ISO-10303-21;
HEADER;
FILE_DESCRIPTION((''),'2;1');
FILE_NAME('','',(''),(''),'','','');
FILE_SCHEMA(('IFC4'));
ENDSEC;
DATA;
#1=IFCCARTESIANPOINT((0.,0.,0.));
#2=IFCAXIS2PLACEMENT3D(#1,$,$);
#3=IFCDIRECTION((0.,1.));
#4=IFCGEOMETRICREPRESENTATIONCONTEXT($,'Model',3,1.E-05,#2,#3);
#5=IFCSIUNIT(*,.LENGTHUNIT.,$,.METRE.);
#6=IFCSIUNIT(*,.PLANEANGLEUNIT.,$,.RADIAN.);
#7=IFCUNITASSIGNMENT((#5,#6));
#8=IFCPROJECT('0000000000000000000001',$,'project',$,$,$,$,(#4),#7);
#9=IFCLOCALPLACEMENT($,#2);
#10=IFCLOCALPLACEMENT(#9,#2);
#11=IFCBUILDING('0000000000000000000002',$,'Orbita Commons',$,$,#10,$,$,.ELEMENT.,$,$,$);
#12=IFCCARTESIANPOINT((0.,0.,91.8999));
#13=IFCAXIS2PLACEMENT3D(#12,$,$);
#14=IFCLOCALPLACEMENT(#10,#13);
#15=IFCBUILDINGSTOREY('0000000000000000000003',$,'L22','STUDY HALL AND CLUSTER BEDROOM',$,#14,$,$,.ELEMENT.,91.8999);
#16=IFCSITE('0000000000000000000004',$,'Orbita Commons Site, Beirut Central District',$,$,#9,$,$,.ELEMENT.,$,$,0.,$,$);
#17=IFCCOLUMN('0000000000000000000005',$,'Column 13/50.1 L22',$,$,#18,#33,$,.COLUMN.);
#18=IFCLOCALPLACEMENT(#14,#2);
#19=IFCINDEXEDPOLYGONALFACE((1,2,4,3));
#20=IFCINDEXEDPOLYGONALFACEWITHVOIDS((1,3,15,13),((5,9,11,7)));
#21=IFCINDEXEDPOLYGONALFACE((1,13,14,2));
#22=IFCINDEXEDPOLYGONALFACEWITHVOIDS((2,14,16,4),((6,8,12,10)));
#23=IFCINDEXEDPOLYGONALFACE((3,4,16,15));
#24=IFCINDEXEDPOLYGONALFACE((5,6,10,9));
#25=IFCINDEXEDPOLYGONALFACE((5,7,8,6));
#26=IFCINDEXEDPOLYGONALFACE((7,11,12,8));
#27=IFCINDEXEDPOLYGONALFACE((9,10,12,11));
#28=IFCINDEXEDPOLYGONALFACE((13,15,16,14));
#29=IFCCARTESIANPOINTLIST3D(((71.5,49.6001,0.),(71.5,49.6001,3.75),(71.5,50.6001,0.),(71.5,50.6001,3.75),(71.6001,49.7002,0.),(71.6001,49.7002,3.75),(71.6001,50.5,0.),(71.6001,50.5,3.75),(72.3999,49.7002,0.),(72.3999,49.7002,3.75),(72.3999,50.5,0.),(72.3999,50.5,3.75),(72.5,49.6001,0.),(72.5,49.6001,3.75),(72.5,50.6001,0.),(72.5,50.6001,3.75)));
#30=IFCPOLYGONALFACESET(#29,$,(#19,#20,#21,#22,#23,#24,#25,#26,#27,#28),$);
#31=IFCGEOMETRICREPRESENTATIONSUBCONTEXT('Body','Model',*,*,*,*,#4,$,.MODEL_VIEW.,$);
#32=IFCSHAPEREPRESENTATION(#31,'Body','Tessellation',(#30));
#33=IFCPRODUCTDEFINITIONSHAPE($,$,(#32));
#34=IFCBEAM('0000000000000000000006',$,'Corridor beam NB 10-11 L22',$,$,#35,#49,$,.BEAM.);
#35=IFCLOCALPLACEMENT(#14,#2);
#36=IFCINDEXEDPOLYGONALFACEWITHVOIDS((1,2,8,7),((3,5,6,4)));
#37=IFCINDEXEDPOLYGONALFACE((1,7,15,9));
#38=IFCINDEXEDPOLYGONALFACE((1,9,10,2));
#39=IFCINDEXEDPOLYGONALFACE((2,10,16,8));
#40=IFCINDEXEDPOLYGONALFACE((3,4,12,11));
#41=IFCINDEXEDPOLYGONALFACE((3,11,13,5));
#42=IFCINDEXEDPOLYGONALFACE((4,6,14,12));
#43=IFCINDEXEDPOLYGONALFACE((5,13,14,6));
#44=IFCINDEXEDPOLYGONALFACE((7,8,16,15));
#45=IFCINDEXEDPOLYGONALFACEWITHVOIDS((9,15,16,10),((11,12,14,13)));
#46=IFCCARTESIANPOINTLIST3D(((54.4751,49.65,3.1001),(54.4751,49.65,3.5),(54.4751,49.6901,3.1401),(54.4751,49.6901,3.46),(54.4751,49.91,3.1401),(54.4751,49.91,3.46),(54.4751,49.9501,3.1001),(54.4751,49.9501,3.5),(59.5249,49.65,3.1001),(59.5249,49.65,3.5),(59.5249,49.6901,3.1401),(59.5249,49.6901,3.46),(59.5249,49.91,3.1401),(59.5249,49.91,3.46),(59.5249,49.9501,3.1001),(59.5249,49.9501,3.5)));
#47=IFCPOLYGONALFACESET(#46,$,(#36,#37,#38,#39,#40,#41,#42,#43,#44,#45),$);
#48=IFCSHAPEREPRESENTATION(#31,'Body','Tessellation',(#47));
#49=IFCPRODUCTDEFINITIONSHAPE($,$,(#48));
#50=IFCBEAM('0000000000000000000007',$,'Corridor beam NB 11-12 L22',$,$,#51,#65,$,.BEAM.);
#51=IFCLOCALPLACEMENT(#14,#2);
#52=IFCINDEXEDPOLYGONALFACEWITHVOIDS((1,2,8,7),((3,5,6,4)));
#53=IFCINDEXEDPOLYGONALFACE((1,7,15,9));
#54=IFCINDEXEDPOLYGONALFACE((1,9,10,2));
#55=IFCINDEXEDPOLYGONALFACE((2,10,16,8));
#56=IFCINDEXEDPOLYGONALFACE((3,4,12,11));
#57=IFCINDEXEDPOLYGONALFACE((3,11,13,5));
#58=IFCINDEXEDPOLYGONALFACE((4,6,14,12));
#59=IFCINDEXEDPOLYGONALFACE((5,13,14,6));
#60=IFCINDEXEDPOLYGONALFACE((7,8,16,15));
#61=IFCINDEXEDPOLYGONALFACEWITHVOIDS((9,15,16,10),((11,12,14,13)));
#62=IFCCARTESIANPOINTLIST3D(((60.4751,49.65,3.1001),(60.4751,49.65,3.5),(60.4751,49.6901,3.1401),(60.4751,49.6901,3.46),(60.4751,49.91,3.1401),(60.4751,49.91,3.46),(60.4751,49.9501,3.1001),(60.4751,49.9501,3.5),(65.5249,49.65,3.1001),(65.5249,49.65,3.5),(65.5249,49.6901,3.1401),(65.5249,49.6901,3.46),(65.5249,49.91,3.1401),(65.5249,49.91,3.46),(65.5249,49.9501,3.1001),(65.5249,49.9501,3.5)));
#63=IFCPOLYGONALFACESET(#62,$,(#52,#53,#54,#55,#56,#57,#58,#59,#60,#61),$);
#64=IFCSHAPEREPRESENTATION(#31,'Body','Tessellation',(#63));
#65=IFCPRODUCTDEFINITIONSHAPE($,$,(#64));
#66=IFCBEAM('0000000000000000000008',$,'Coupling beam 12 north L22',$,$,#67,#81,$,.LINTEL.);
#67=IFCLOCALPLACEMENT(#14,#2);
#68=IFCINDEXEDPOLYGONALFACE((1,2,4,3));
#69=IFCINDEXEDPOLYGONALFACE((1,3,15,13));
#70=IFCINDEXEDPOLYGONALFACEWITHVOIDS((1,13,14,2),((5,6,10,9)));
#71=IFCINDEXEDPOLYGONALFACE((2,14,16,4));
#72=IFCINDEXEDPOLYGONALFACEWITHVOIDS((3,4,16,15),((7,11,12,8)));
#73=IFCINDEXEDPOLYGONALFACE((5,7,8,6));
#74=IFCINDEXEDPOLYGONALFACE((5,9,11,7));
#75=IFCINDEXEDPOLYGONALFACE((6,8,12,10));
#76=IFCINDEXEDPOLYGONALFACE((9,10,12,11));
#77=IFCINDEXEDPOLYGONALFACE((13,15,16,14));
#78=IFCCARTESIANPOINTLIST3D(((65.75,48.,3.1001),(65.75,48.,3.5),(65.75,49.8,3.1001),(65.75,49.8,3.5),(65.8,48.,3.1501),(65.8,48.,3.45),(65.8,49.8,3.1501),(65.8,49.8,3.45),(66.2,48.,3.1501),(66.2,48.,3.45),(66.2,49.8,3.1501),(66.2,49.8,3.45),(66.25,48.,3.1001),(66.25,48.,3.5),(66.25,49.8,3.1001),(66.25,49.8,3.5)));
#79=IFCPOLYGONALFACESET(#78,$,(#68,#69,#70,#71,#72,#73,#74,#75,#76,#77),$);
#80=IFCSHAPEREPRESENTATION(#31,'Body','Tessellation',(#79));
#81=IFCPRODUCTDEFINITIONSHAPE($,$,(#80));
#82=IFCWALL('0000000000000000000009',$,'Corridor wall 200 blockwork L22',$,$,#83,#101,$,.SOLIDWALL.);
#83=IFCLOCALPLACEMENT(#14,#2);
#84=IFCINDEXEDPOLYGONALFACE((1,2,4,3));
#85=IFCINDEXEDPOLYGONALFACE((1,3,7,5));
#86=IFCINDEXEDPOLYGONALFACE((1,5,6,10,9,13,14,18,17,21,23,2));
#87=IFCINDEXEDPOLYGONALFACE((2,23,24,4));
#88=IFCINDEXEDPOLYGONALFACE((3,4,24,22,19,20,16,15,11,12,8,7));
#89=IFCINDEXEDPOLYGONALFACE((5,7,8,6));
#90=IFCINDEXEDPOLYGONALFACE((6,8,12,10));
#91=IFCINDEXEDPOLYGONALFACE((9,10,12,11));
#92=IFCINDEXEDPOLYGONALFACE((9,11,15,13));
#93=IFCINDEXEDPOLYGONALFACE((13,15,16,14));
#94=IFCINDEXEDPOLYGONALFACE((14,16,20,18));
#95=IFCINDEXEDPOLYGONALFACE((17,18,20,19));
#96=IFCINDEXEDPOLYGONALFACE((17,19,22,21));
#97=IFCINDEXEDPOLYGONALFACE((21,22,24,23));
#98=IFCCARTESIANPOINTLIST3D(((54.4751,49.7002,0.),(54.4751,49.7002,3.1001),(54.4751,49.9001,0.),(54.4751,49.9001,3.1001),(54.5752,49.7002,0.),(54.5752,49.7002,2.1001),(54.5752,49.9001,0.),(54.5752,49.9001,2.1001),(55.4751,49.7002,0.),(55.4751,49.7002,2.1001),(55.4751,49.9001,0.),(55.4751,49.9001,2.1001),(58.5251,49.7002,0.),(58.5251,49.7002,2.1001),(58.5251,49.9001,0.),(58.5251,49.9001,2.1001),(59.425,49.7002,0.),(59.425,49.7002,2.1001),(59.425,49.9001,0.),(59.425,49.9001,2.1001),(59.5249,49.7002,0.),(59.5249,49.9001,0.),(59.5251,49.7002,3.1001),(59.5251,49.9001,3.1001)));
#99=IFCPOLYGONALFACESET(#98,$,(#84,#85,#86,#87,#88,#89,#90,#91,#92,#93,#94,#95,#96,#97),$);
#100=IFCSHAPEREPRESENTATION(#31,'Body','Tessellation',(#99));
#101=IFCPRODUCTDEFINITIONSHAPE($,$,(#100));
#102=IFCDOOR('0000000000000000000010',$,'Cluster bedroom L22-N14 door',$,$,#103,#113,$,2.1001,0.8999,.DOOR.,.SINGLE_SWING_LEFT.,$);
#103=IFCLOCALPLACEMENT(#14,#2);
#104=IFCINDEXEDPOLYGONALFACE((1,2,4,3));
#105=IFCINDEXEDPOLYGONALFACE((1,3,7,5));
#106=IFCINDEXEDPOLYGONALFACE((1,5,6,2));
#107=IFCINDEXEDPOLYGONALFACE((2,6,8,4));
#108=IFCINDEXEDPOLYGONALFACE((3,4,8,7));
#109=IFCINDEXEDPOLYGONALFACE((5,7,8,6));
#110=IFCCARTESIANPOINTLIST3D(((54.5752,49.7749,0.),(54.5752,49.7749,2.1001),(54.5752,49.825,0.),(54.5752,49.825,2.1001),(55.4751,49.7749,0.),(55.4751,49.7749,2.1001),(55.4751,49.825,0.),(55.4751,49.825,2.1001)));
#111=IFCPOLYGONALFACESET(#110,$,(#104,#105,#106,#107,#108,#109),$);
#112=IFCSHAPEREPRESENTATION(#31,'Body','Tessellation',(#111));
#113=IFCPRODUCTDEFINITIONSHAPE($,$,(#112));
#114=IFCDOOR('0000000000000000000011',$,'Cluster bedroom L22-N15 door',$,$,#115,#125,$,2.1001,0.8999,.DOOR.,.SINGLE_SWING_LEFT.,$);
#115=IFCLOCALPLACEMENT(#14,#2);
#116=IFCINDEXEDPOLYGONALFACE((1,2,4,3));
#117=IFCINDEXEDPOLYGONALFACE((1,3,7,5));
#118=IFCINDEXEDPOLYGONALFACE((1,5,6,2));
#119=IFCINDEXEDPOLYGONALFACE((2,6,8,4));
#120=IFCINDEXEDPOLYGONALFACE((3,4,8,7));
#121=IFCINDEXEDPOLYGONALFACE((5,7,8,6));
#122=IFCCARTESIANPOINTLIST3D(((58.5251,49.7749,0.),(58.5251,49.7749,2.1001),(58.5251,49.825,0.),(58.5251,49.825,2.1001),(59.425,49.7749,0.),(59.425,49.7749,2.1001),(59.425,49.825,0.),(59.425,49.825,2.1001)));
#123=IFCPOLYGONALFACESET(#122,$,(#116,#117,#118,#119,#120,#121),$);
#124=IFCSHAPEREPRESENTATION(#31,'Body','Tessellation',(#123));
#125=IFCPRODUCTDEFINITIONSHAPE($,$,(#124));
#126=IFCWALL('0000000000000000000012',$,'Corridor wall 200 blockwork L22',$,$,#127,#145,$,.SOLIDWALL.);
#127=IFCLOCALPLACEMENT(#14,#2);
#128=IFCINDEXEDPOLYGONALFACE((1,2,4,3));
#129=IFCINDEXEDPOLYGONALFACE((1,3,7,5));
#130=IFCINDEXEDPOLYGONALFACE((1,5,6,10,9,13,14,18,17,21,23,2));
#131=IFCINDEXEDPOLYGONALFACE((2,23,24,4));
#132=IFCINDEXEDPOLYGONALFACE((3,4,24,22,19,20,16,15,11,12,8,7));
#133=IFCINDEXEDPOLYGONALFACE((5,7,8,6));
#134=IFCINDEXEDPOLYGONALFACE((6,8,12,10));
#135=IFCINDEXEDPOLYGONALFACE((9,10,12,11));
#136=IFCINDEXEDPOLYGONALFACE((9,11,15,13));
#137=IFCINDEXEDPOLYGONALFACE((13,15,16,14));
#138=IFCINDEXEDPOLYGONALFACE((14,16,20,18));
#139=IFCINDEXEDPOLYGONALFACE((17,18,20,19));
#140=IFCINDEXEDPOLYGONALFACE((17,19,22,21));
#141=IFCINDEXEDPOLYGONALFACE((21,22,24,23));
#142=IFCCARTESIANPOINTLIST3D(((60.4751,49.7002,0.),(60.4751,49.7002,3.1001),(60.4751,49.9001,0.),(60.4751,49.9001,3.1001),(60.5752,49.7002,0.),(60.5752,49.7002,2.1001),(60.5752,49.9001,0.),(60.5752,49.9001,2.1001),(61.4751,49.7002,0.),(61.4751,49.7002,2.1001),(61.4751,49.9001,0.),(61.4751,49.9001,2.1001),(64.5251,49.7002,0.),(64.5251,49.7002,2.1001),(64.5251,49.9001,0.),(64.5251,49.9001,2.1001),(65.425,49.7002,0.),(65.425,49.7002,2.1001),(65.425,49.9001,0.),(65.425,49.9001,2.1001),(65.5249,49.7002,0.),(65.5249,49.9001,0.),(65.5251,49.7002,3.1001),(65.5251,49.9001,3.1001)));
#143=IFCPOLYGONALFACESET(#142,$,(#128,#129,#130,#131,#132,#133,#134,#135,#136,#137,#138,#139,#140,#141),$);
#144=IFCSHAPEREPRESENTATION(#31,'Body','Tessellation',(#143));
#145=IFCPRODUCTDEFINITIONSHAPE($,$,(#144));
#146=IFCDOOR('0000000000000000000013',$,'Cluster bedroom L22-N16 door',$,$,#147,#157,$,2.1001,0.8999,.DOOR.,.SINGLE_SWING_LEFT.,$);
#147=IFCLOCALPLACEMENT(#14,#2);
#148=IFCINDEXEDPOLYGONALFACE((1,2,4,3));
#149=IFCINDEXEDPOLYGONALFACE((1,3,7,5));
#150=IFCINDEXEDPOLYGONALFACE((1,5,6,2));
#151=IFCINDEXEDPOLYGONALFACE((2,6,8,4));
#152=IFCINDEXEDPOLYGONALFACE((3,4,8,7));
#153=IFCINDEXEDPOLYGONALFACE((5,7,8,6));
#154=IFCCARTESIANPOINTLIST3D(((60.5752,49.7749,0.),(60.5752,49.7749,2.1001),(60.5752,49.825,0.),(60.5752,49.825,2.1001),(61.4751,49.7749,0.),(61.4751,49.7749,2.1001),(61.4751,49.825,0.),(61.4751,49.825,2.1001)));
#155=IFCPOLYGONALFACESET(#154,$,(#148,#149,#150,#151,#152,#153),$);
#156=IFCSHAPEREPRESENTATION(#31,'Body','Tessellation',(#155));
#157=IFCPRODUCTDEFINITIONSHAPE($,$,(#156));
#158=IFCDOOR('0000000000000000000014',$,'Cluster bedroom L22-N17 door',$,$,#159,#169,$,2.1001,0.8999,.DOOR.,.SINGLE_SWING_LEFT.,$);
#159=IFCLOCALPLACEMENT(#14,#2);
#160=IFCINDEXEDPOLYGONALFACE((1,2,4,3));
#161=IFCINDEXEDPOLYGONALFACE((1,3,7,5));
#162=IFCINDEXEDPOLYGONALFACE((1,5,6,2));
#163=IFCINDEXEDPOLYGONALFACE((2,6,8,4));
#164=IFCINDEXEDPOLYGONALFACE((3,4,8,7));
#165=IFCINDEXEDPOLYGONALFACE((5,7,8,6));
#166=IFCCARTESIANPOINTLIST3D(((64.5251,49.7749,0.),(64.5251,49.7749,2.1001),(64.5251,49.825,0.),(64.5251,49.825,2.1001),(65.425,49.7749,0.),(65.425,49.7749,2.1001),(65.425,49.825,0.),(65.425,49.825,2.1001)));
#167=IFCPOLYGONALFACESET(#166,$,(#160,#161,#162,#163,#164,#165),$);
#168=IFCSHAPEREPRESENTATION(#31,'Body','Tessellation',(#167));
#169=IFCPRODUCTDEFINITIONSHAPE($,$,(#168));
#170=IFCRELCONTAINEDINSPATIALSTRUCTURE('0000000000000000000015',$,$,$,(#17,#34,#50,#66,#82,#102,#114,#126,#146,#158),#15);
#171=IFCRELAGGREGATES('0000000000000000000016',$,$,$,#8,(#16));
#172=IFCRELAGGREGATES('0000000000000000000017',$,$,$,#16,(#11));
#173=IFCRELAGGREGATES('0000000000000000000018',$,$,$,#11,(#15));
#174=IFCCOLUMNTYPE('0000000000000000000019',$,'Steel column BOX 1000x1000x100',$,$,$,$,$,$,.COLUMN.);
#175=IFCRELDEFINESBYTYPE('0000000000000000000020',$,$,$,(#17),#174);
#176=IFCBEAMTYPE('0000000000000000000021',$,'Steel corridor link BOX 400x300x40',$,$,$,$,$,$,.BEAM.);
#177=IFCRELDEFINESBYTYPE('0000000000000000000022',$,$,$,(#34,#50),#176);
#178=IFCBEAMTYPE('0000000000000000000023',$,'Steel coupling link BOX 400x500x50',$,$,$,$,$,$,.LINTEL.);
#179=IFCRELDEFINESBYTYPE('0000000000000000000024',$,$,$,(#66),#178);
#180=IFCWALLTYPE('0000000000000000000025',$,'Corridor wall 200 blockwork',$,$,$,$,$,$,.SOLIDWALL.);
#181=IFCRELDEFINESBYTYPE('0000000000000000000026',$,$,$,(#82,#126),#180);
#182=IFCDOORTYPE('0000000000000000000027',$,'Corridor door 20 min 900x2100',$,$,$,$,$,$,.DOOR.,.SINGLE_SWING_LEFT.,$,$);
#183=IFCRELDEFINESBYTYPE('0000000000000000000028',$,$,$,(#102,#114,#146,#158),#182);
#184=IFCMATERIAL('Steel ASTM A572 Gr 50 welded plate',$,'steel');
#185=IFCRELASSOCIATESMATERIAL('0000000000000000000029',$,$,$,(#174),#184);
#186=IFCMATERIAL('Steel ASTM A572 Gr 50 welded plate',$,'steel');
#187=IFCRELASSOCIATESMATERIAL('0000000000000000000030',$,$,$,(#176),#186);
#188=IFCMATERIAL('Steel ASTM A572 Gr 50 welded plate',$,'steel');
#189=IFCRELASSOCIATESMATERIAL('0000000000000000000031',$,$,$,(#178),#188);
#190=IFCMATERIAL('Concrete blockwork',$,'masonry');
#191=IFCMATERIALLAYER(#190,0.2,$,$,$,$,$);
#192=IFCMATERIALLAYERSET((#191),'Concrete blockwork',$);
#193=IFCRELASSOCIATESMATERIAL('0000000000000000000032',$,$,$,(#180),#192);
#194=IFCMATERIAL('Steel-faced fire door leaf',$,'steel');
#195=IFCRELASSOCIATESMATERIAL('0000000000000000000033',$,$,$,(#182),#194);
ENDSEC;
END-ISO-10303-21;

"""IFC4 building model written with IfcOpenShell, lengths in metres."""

from ifc_helpers import new_model, si_unit, direction, frame, frame_2d, origin, origin_2d, place, context, subcontext, project, spatial, polyline, rectangle, hollow_rectangle, outline, extrude, material, layer, layer_set, material_profile, profile_set, type_object, element, fill, save


model = new_model("IFC4")

# Units and contexts
model_context = context("Model", 3, precision=1e-05, world=origin(), true_north=direction((0.0, 1.0)))
body_context = subcontext(model_context, "Body", "Model", "MODEL_VIEW")
ifc_project = project(units=[si_unit("LENGTHUNIT", "METRE"), si_unit("PLANEANGLEUNIT", "RADIAN")], contexts=[model_context])

# Site, building, storey
site_placement = place(None, origin())
site = spatial("IfcSite", under=ifc_project, at=site_placement, Name="Orbita Commons Site, Beirut Central District", CompositionType="ELEMENT", RefElevation=0.0)
building_placement = place(site_placement, origin())
building = spatial("IfcBuilding", under=site, at=building_placement, Name="Orbita Commons", CompositionType="ELEMENT")
storey_placement = place(building_placement, frame((0.0, 0.0, 91.8999)))
storey = spatial("IfcBuildingStorey", under=building, at=storey_placement, Name="L22", Description="STUDY HALL AND CLUSTER BEDROOM", CompositionType="ELEMENT", Elevation=91.8999)

# Column
ifc_material_1 = material(Name="Steel ASTM A572 Gr 50 welded plate", Category="steel")
ifc_material_profile_1 = material_profile(ifc_material_1, hollow_rectangle(XDim=1.0, YDim=1.0, WallThickness=0.1001, at=origin_2d()), Name="BOX 1000x1000x100")
ifc_profile_set_1 = profile_set([ifc_material_profile_1], Name="Steel ASTM A572 Gr 50 welded plate")
column_type = type_object("IfcColumnType", Name="Steel column BOX 1000x1000x100", PredefinedType="COLUMN", material=ifc_profile_set_1)
column_placement = place(storey_placement, frame((72.0, 50.1001, 0.0), z_axis=(0.0, 0.0, 1.0), x_axis=(1.0, 0.0, 0.0)))
element("IfcColumn", 1, at=column_placement, inside=storey, type_object=column_type, Name="Column 13/50.1 L22", PredefinedType="COLUMN", context=body_context, shape_type="SweptSolid", body=[
    extrude(hollow_rectangle(XDim=1.0, YDim=1.0, WallThickness=0.1001, at=origin_2d()), origin(), (0.0, 0.0, 1.0), 3.75),
])

# Beams
ifc_material_2 = material(Name="Steel ASTM A572 Gr 50 welded plate", Category="steel")
ifc_material_profile_2 = material_profile(ifc_material_2, hollow_rectangle(XDim=0.3, YDim=0.3999, WallThickness=0.04, at=origin_2d()), Name="BOX 400x300x40")
ifc_profile_set_2 = profile_set([ifc_material_profile_2], Name="Steel ASTM A572 Gr 50 welded plate")
beam_type_1 = type_object("IfcBeamType", Name="Steel corridor link BOX 400x300x40", PredefinedType="BEAM", material=ifc_profile_set_2)
for number, where, z_axis, x_axis, name in (
    (2, (54.4751, 49.8, 3.3), (1.0, 0.0, 0.0), (0.0, 1.0, 0.0), "Corridor beam NB 10-11 L22"),
    (3, (60.4751, 49.8, 3.3), (1.0, 0.0, 0.0), (0.0, 1.0, 0.0), "Corridor beam NB 11-12 L22"),
):
    element("IfcBeam", number, at=place(storey_placement, frame(where, z_axis=z_axis, x_axis=x_axis)), inside=storey, type_object=beam_type_1, Name=name, PredefinedType="BEAM", context=body_context, shape_type="SweptSolid", body=[
        extrude(hollow_rectangle(XDim=0.3, YDim=0.3999, WallThickness=0.04, at=origin_2d()), origin(), (0.0, 0.0, 1.0), 5.0498),
    ])
ifc_material_3 = material(Name="Steel ASTM A572 Gr 50 welded plate", Category="steel")
ifc_material_profile_3 = material_profile(ifc_material_3, hollow_rectangle(XDim=0.5, YDim=0.3999, WallThickness=0.05, at=origin_2d()), Name="BOX 400x500x50")
ifc_profile_set_3 = profile_set([ifc_material_profile_3], Name="Steel ASTM A572 Gr 50 welded plate")
beam_type_2 = type_object("IfcBeamType", Name="Steel coupling link BOX 400x500x50", PredefinedType="LINTEL", material=ifc_profile_set_3)
beam_placement = place(storey_placement, frame((66.0, 48.0, 3.3), z_axis=(0.0, 1.0, 0.0), x_axis=(-1.0, 0.0, 0.0)))
element("IfcBeam", 4, at=beam_placement, inside=storey, type_object=beam_type_2, Name="Coupling beam 12 north L22", PredefinedType="LINTEL", context=body_context, shape_type="SweptSolid", body=[
    extrude(hollow_rectangle(XDim=0.5, YDim=0.3999, WallThickness=0.05, at=origin_2d()), origin(), (0.0, 0.0, 1.0), 1.8),
])

# Walls, openings, doors
ifc_material_4 = material(Name="Concrete blockwork", Category="masonry")
ifc_layer_1 = layer(ifc_material_4, 0.2)
ifc_layer_set_1 = layer_set([ifc_layer_1], Name="Concrete blockwork")
wall_type_1 = type_object("IfcWallType", Name="Corridor wall 200 blockwork", PredefinedType="SOLIDWALL", material=ifc_layer_set_1)
wall_1_placement = place(storey_placement, frame((54.4751, 49.8, 0.0), z_axis=(0.0, 0.0, 1.0), x_axis=(1.0, 0.0, 0.0)))
wall_1 = element("IfcWall", 5, at=wall_1_placement, inside=storey, type_object=wall_type_1, Name="Corridor wall 200 blockwork L22", PredefinedType="SOLIDWALL", context=body_context, shape_type="SweptSolid", body=[
    extrude(outline(polyline([(0.0, 0.0), (5.0498, 0.0), (5.05, 3.1001), (0.0, 3.1001), (0.0, 0.0)])), frame((0.0, 0.1001, 0.0), z_axis=(0.0, -1.0, 0.0), x_axis=(1.0, 0.0, 0.0)), (0.0, 0.0, 1.0), 0.2),
])
opening_1_placement = place(wall_1_placement, frame((0.1001, 0.0, 0.0)))
opening_1 = element("IfcOpeningElement", 6, at=opening_1_placement, cuts=wall_1, PredefinedType="OPENING", context=body_context, shape_type="SweptSolid", body=[
    extrude(rectangle(XDim=0.8999, YDim=2.1001, at=frame_2d((0.45, 1.05))), frame((0.0, 0.1099, 0.0), z_axis=(0.0, -1.0, 0.0), x_axis=(1.0, 0.0, 0.0)), (0.0, 0.0, 1.0), 0.22),
])
opening_2_placement = place(wall_1_placement, frame((4.05, 0.0, 0.0)))
opening_2 = element("IfcOpeningElement", 7, at=opening_2_placement, cuts=wall_1, PredefinedType="OPENING", context=body_context, shape_type="SweptSolid", body=[
    extrude(rectangle(XDim=0.8999, YDim=2.1001, at=frame_2d((0.45, 1.05))), frame((0.0, 0.1099, 0.0), z_axis=(0.0, -1.0, 0.0), x_axis=(1.0, 0.0, 0.0)), (0.0, 0.0, 1.0), 0.22),
])
ifc_material_5 = material(Name="Steel-faced fire door leaf", Category="steel")
door_type_1 = type_object("IfcDoorType", Name="Corridor door 20 min 900x2100", OperationType="SINGLE_SWING_LEFT", PredefinedType="DOOR", material=ifc_material_5)
door_1_placement = place(opening_1_placement, origin())
door_1 = element("IfcDoor", 8, at=door_1_placement, inside=storey, type_object=door_type_1, Name="Cluster bedroom L22-N14 door", OperationType="SINGLE_SWING_LEFT", OverallHeight=2.1001, OverallWidth=0.8999, PredefinedType="DOOR", context=body_context, shape_type="SweptSolid", body=[
    extrude(rectangle(XDim=0.8999, YDim=2.1001, at=frame_2d((0.45, 1.05))), frame((0.0, 0.0249, 0.0), z_axis=(0.0, -1.0, 0.0), x_axis=(1.0, 0.0, 0.0)), (0.0, 0.0, 1.0), 0.05),
])
fill(opening_1, door_1)
door_2_placement = place(opening_2_placement, origin())
door_2 = element("IfcDoor", 9, at=door_2_placement, inside=storey, type_object=door_type_1, Name="Cluster bedroom L22-N15 door", OperationType="SINGLE_SWING_LEFT", OverallHeight=2.1001, OverallWidth=0.8999, PredefinedType="DOOR", context=body_context, shape_type="SweptSolid", body=[
    extrude(rectangle(XDim=0.8999, YDim=2.1001, at=frame_2d((0.45, 1.05))), frame((0.0, 0.0249, 0.0), z_axis=(0.0, -1.0, 0.0), x_axis=(1.0, 0.0, 0.0)), (0.0, 0.0, 1.0), 0.05),
])
fill(opening_2, door_2)
wall_2_placement = place(storey_placement, frame((60.4751, 49.8, 0.0), z_axis=(0.0, 0.0, 1.0), x_axis=(1.0, 0.0, 0.0)))
wall_2 = element("IfcWall", 10, at=wall_2_placement, inside=storey, type_object=wall_type_1, Name="Corridor wall 200 blockwork L22", PredefinedType="SOLIDWALL", context=body_context, shape_type="SweptSolid", body=[
    extrude(outline(polyline([(0.0, 0.0), (5.0498, 0.0), (5.05, 3.1001), (0.0, 3.1001), (0.0, 0.0)])), frame((0.0, 0.1001, 0.0), z_axis=(0.0, -1.0, 0.0), x_axis=(1.0, 0.0, 0.0)), (0.0, 0.0, 1.0), 0.2),
])
opening_3_placement = place(wall_2_placement, frame((0.1001, 0.0, 0.0)))
opening_3 = element("IfcOpeningElement", 11, at=opening_3_placement, cuts=wall_2, PredefinedType="OPENING", context=body_context, shape_type="SweptSolid", body=[
    extrude(rectangle(XDim=0.8999, YDim=2.1001, at=frame_2d((0.45, 1.05))), frame((0.0, 0.1099, 0.0), z_axis=(0.0, -1.0, 0.0), x_axis=(1.0, 0.0, 0.0)), (0.0, 0.0, 1.0), 0.22),
])
opening_4_placement = place(wall_2_placement, frame((4.05, 0.0, 0.0)))
opening_4 = element("IfcOpeningElement", 12, at=opening_4_placement, cuts=wall_2, PredefinedType="OPENING", context=body_context, shape_type="SweptSolid", body=[
    extrude(rectangle(XDim=0.8999, YDim=2.1001, at=frame_2d((0.45, 1.05))), frame((0.0, 0.1099, 0.0), z_axis=(0.0, -1.0, 0.0), x_axis=(1.0, 0.0, 0.0)), (0.0, 0.0, 1.0), 0.22),
])
door_3_placement = place(opening_3_placement, origin())
door_3 = element("IfcDoor", 13, at=door_3_placement, inside=storey, type_object=door_type_1, Name="Cluster bedroom L22-N16 door", OperationType="SINGLE_SWING_LEFT", OverallHeight=2.1001, OverallWidth=0.8999, PredefinedType="DOOR", context=body_context, shape_type="SweptSolid", body=[
    extrude(rectangle(XDim=0.8999, YDim=2.1001, at=frame_2d((0.45, 1.05))), frame((0.0, 0.0249, 0.0), z_axis=(0.0, -1.0, 0.0), x_axis=(1.0, 0.0, 0.0)), (0.0, 0.0, 1.0), 0.05),
])
fill(opening_3, door_3)
door_4_placement = place(opening_4_placement, origin())
door_4 = element("IfcDoor", 14, at=door_4_placement, inside=storey, type_object=door_type_1, Name="Cluster bedroom L22-N17 door", OperationType="SINGLE_SWING_LEFT", OverallHeight=2.1001, OverallWidth=0.8999, PredefinedType="DOOR", context=body_context, shape_type="SweptSolid", body=[
    extrude(rectangle(XDim=0.8999, YDim=2.1001, at=frame_2d((0.45, 1.05))), frame((0.0, 0.0249, 0.0), z_axis=(0.0, -1.0, 0.0), x_axis=(1.0, 0.0, 0.0)), (0.0, 0.0, 1.0), 0.05),
])
fill(opening_4, door_4)

save(model, "model.ifc")
